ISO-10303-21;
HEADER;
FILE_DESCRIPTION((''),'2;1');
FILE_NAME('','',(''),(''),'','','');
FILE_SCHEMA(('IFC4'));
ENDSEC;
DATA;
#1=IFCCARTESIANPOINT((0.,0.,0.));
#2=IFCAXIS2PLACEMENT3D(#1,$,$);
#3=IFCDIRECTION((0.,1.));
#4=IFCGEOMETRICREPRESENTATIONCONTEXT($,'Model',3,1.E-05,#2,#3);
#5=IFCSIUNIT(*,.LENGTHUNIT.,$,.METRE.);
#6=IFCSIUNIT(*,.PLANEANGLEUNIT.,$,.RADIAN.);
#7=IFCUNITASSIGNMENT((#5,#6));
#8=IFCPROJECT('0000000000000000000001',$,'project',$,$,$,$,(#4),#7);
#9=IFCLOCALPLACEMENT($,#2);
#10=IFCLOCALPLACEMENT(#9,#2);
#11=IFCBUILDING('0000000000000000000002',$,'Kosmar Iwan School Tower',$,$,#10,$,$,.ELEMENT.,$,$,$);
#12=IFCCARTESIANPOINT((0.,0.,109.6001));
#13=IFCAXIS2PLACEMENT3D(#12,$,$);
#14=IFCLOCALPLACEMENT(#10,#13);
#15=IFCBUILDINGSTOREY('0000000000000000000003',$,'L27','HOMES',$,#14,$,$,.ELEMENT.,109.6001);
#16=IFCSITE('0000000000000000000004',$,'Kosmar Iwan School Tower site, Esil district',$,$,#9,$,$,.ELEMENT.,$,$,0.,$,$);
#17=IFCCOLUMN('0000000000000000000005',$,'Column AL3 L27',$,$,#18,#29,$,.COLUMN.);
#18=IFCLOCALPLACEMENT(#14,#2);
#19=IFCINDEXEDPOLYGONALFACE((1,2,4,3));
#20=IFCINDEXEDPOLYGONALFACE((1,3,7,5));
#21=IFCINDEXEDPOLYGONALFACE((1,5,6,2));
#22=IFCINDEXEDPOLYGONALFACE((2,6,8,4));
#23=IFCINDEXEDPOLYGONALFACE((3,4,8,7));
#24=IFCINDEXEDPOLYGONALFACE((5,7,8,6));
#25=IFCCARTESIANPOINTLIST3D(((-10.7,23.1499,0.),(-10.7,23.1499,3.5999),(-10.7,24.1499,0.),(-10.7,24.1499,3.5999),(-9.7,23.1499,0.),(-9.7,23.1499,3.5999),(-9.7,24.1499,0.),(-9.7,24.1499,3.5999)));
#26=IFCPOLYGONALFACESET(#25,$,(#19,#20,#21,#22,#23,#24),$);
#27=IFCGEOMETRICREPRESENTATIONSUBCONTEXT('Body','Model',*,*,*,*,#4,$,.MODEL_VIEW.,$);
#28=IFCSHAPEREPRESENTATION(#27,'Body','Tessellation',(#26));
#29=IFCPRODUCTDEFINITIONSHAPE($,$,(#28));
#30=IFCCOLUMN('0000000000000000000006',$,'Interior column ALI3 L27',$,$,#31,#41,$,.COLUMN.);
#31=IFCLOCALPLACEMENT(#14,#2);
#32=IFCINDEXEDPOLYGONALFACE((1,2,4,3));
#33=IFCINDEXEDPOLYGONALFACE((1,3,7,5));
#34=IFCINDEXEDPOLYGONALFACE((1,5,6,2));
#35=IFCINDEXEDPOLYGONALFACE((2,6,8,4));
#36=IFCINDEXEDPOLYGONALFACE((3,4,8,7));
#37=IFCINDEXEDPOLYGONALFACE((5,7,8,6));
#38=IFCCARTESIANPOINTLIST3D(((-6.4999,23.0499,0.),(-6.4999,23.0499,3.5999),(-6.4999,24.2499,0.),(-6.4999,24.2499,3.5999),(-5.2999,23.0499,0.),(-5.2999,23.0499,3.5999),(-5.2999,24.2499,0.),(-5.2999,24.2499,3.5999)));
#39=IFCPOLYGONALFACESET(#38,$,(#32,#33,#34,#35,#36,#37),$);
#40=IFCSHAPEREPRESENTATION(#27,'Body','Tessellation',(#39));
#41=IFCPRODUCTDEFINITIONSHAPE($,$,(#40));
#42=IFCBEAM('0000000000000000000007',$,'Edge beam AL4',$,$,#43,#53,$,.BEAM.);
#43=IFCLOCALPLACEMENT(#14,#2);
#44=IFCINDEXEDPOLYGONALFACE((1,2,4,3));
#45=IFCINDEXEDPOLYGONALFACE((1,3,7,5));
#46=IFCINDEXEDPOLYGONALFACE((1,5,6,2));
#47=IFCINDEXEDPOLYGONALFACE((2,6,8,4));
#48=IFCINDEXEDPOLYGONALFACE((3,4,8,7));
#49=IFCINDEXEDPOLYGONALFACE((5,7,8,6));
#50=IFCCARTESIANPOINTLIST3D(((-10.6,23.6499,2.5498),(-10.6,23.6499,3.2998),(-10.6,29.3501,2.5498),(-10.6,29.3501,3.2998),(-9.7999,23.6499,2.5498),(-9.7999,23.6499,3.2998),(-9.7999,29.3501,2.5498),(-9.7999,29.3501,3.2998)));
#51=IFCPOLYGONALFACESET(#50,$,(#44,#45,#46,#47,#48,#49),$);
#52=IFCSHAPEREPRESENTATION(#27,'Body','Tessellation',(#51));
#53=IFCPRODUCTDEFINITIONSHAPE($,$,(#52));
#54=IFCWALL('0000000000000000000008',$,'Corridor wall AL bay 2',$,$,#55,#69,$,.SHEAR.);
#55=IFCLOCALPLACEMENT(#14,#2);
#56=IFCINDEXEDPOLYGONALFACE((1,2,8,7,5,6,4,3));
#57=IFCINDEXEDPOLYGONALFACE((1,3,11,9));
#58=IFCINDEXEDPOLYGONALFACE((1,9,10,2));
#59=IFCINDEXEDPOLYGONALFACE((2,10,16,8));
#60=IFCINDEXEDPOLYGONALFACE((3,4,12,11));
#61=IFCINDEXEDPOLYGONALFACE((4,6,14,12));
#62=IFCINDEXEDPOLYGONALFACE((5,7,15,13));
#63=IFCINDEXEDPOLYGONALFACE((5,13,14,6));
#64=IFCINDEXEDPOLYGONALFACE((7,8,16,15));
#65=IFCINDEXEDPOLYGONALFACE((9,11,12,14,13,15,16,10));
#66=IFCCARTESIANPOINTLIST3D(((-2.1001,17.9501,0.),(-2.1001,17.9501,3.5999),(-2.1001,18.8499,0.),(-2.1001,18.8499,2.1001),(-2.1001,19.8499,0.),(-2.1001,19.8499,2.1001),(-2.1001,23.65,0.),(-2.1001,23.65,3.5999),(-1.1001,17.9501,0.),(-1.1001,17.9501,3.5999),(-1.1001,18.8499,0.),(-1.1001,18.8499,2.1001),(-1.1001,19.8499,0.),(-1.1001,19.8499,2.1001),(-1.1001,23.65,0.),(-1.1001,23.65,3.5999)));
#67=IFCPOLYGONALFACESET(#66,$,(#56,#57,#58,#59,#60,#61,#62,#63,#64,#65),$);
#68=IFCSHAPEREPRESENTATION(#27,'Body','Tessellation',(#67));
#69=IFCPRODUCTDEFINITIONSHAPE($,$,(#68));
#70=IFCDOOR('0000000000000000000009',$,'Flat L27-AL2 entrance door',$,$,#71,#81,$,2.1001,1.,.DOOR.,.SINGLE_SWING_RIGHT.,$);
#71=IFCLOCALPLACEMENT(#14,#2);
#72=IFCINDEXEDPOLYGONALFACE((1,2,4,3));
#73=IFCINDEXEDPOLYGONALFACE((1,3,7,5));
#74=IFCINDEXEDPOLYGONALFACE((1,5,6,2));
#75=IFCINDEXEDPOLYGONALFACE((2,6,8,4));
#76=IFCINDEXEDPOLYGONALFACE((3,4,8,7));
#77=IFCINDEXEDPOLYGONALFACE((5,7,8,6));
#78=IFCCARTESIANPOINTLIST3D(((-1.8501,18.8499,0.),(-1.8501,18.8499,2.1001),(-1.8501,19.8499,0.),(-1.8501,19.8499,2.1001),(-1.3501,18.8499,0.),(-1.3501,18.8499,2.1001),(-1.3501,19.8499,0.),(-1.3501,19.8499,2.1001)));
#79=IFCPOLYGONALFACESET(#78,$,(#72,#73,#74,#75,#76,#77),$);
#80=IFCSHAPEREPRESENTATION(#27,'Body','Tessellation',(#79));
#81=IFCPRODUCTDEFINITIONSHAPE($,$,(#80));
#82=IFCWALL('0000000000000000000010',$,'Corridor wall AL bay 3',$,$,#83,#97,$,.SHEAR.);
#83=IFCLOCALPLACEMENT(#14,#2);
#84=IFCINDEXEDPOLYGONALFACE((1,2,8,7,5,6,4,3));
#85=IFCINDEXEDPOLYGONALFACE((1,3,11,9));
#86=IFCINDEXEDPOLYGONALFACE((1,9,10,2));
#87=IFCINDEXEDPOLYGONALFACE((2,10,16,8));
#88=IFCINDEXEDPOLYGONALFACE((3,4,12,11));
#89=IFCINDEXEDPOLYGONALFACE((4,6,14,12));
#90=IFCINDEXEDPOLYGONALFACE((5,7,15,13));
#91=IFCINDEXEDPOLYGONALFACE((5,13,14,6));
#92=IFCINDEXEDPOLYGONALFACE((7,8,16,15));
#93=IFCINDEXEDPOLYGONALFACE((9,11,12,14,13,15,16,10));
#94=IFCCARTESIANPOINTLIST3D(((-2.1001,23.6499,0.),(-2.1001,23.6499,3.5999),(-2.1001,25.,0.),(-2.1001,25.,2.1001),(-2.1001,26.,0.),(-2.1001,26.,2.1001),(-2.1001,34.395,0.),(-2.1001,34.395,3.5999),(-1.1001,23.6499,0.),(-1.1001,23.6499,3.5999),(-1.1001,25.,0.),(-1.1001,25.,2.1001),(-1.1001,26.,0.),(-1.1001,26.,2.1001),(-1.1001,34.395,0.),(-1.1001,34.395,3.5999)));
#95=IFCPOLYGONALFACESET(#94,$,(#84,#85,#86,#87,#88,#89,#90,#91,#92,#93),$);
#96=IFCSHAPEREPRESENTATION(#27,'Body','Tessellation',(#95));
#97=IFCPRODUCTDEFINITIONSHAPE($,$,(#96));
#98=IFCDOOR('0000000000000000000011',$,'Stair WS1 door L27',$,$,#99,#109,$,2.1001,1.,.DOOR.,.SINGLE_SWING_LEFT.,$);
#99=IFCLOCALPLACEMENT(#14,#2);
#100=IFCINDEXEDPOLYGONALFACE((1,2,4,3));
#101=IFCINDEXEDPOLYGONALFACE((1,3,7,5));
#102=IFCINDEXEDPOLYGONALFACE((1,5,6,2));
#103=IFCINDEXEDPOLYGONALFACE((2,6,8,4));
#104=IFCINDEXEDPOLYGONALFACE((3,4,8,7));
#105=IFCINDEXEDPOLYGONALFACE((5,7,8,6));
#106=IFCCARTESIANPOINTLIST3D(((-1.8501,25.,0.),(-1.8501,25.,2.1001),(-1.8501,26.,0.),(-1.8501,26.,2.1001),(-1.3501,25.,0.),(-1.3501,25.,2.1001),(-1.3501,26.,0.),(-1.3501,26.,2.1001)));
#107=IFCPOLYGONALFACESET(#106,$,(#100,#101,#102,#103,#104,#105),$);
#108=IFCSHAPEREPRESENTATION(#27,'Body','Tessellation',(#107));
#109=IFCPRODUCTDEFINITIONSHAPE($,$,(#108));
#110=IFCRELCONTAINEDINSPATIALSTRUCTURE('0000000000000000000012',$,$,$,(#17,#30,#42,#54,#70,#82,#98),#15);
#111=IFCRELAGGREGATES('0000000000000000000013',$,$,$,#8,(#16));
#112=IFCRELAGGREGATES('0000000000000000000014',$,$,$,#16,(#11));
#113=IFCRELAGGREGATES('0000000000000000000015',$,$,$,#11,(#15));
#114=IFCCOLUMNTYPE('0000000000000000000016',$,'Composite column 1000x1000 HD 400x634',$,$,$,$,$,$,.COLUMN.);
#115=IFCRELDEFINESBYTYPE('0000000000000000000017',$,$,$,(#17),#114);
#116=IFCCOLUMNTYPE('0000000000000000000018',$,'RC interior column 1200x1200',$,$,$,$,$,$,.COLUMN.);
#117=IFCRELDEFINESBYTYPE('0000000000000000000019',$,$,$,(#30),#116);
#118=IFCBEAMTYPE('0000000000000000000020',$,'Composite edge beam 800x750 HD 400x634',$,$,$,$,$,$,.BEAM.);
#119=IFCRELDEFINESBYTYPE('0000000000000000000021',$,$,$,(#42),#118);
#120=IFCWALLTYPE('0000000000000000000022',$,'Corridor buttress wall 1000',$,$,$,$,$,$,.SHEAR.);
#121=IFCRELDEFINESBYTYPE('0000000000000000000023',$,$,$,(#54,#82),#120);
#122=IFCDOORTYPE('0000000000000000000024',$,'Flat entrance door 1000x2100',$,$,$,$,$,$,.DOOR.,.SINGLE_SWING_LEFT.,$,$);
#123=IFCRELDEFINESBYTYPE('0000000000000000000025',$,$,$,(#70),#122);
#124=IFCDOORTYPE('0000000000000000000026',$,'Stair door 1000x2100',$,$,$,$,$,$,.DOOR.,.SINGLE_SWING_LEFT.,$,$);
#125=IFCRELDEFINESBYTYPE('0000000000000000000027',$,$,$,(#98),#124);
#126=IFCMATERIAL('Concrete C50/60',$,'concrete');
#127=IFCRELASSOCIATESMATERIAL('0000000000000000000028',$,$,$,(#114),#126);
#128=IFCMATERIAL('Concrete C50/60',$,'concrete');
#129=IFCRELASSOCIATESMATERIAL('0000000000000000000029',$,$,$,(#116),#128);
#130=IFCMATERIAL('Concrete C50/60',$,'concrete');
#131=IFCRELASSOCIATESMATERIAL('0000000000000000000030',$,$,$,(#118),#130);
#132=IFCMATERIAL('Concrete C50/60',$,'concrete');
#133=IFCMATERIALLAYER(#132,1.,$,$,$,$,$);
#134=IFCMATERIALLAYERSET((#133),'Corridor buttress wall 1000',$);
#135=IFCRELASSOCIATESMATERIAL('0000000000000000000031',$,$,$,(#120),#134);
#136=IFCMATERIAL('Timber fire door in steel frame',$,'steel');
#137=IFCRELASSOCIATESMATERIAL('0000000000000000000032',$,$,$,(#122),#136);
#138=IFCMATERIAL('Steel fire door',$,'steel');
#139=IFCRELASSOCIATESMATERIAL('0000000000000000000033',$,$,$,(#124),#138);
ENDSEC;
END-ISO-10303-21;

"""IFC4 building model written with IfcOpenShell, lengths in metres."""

from ifc_helpers import new_model, si_unit, direction, frame, frame_2d, origin, origin_2d, place, context, subcontext, project, spatial, rectangle, extrude, material, layer, layer_set, material_profile, profile_set, type_object, element, fill, save


model = new_model("IFC4")

# Units and contexts
model_context = context("Model", 3, precision=1e-05, world=origin(), true_north=direction((0.0, 1.0)))
body_context = subcontext(model_context, "Body", "Model", "MODEL_VIEW")
ifc_project = project(units=[si_unit("LENGTHUNIT", "METRE"), si_unit("PLANEANGLEUNIT", "RADIAN")], contexts=[model_context])

# Site, building, storey
site_placement = place(None, origin())
site = spatial("IfcSite", under=ifc_project, at=site_placement, Name="Kosmar Iwan School Tower site, Esil district", CompositionType="ELEMENT", RefElevation=0.0)
building_placement = place(site_placement, origin())
building = spatial("IfcBuilding", under=site, at=building_placement, Name="Kosmar Iwan School Tower", CompositionType="ELEMENT")
storey_placement = place(building_placement, frame((0.0, 0.0, 109.6001)))
storey = spatial("IfcBuildingStorey", under=building, at=storey_placement, Name="L27", Description="HOMES", CompositionType="ELEMENT", Elevation=109.6001)

# Columns
ifc_material_1 = material(Name="Concrete C50/60", Category="concrete")
ifc_material_profile_1 = material_profile(ifc_material_1, rectangle(XDim=1.0, YDim=1.0, at=origin_2d()), Name="RC 1000x1000 + HD 400x634")
ifc_profile_set_1 = profile_set([ifc_material_profile_1], Name="Concrete C50/60")
column_type_1 = type_object("IfcColumnType", Name="Composite column 1000x1000 HD 400x634", PredefinedType="COLUMN", material=ifc_profile_set_1)
column_1_placement = place(storey_placement, frame((-10.2, 23.6499, 0.0), z_axis=(0.0, 0.0, 1.0), x_axis=(0.0, 1.0, 0.0)))
element("IfcColumn", 1, at=column_1_placement, inside=storey, type_object=column_type_1, Name="Column AL3 L27", PredefinedType="COLUMN", context=body_context, shape_type="SweptSolid", body=[
    extrude(rectangle(XDim=1.0, YDim=1.0, at=origin_2d()), origin(), (0.0, 0.0, 1.0), 3.5999),
])
ifc_material_2 = material(Name="Concrete C50/60", Category="concrete")
ifc_material_profile_2 = material_profile(ifc_material_2, rectangle(XDim=1.2, YDim=1.2, at=origin_2d()), Name="RC 1200x1200")
ifc_profile_set_2 = profile_set([ifc_material_profile_2], Name="Concrete C50/60")
column_type_2 = type_object("IfcColumnType", Name="RC interior column 1200x1200", PredefinedType="COLUMN", material=ifc_profile_set_2)
column_2_placement = place(storey_placement, frame((-5.8999, 23.6499, 0.0), z_axis=(0.0, 0.0, 1.0), x_axis=(0.0, 1.0, 0.0)))
element("IfcColumn", 2, at=column_2_placement, inside=storey, type_object=column_type_2, Name="Interior column ALI3 L27", PredefinedType="COLUMN", context=body_context, shape_type="SweptSolid", body=[
    extrude(rectangle(XDim=1.2, YDim=1.2, at=origin_2d()), origin(), (0.0, 0.0, 1.0), 3.5999),
])

# Beam
ifc_material_3 = material(Name="Concrete C50/60", Category="concrete")
ifc_material_profile_3 = material_profile(ifc_material_3, rectangle(XDim=0.8, YDim=0.75, at=origin_2d()), Name="RC 800x750 + HD 400x634")
ifc_profile_set_3 = profile_set([ifc_material_profile_3], Name="Concrete C50/60")
beam_type = type_object("IfcBeamType", Name="Composite edge beam 800x750 HD 400x634", PredefinedType="BEAM", material=ifc_profile_set_3)
beam_placement = place(storey_placement, frame((-10.2, 23.6499, 2.9248), z_axis=(0.0, 1.0, 0.0), x_axis=(-1.0, 0.0, 0.0)))
element("IfcBeam", 3, at=beam_placement, inside=storey, type_object=beam_type, Name="Edge beam AL4", PredefinedType="BEAM", context=body_context, shape_type="SweptSolid", body=[
    extrude(rectangle(XDim=0.8, YDim=0.75, at=origin_2d()), origin(), (0.0, 0.0, 1.0), 5.7002),
])

# Walls, openings, doors
ifc_material_4 = material(Name="Concrete C50/60", Category="concrete")
ifc_layer_1 = layer(ifc_material_4, 1.0)
ifc_layer_set_1 = layer_set([ifc_layer_1], Name="Corridor buttress wall 1000")
wall_type_1 = type_object("IfcWallType", Name="Corridor buttress wall 1000", PredefinedType="SHEAR", material=ifc_layer_set_1)
wall_1_placement = place(storey_placement, frame((-1.6001, 17.95, 0.0), z_axis=(0.0, 0.0, 1.0), x_axis=(0.0, 1.0, 0.0)))
wall_1 = element("IfcWall", 4, at=wall_1_placement, inside=storey, type_object=wall_type_1, Name="Corridor wall AL bay 2", PredefinedType="SHEAR", context=body_context, shape_type="SweptSolid", body=[
    extrude(rectangle(XDim=5.7, YDim=1.0, at=frame_2d((2.8501, 0.0))), origin(), (0.0, 0.0, 1.0), 3.5999),
])
opening_1_placement = place(wall_1_placement, frame((0.8999, 0.0, 0.0)))
opening_1 = element("IfcOpeningElement", 5, at=opening_1_placement, cuts=wall_1, PredefinedType="OPENING", context=body_context, shape_type="SweptSolid", body=[
    extrude(rectangle(XDim=1.0, YDim=2.1001, at=frame_2d((0.5, 1.05))), frame((0.0, 0.512, 0.0), z_axis=(0.0, -1.0, 0.0), x_axis=(1.0, 0.0, 0.0)), (0.0, 0.0, 1.0), 1.0239),
])
ifc_material_5 = material(Name="Timber fire door in steel frame", Category="steel")
door_type_1 = type_object("IfcDoorType", Name="Flat entrance door 1000x2100", OperationType="SINGLE_SWING_LEFT", PredefinedType="DOOR", material=ifc_material_5)
door_1_placement = place(opening_1_placement, origin())
door_1 = element("IfcDoor", 6, at=door_1_placement, inside=storey, type_object=door_type_1, Name="Flat L27-AL2 entrance door", OperationType="SINGLE_SWING_RIGHT", OverallHeight=2.1001, OverallWidth=1.0, PredefinedType="DOOR", context=body_context, shape_type="SweptSolid", body=[
    extrude(rectangle(XDim=1.0, YDim=2.1001, at=frame_2d((0.5, 1.05))), frame((0.0, 0.25, 0.0), z_axis=(0.0, -1.0, 0.0), x_axis=(1.0, 0.0, 0.0)), (0.0, 0.0, 1.0), 0.5),
])
fill(opening_1, door_1)
wall_2_placement = place(storey_placement, frame((-1.6001, 23.6499, 0.0), z_axis=(0.0, 0.0, 1.0), x_axis=(0.0, 1.0, 0.0)))
wall_2 = element("IfcWall", 7, at=wall_2_placement, inside=storey, type_object=wall_type_1, Name="Corridor wall AL bay 3", PredefinedType="SHEAR", context=body_context, shape_type="SweptSolid", body=[
    extrude(rectangle(XDim=10.7451, YDim=1.0, at=frame_2d((5.3726, 0.0))), origin(), (0.0, 0.0, 1.0), 3.5999),
])
opening_2_placement = place(wall_2_placement, frame((1.3501, 0.0, 0.0)))
opening_2 = element("IfcOpeningElement", 8, at=opening_2_placement, cuts=wall_2, PredefinedType="OPENING", context=body_context, shape_type="SweptSolid", body=[
    extrude(rectangle(XDim=1.0, YDim=2.1001, at=frame_2d((0.5, 1.05))), frame((0.0, 0.512, 0.0), z_axis=(0.0, -1.0, 0.0), x_axis=(1.0, 0.0, 0.0)), (0.0, 0.0, 1.0), 1.0239),
])
ifc_material_6 = material(Name="Steel fire door", Category="steel")
door_type_2 = type_object("IfcDoorType", Name="Stair door 1000x2100", OperationType="SINGLE_SWING_LEFT", PredefinedType="DOOR", material=ifc_material_6)
door_2_placement = place(opening_2_placement, origin())
door_2 = element("IfcDoor", 9, at=door_2_placement, inside=storey, type_object=door_type_2, Name="Stair WS1 door L27", OperationType="SINGLE_SWING_LEFT", OverallHeight=2.1001, OverallWidth=1.0, PredefinedType="DOOR", context=body_context, shape_type="SweptSolid", body=[
    extrude(rectangle(XDim=1.0, YDim=2.1001, at=frame_2d((0.5, 1.05))), frame((0.0, 0.25, 0.0), z_axis=(0.0, -1.0, 0.0), x_axis=(1.0, 0.0, 0.0)), (0.0, 0.0, 1.0), 0.5),
])
fill(opening_2, door_2)

save(model, "model.ifc")
